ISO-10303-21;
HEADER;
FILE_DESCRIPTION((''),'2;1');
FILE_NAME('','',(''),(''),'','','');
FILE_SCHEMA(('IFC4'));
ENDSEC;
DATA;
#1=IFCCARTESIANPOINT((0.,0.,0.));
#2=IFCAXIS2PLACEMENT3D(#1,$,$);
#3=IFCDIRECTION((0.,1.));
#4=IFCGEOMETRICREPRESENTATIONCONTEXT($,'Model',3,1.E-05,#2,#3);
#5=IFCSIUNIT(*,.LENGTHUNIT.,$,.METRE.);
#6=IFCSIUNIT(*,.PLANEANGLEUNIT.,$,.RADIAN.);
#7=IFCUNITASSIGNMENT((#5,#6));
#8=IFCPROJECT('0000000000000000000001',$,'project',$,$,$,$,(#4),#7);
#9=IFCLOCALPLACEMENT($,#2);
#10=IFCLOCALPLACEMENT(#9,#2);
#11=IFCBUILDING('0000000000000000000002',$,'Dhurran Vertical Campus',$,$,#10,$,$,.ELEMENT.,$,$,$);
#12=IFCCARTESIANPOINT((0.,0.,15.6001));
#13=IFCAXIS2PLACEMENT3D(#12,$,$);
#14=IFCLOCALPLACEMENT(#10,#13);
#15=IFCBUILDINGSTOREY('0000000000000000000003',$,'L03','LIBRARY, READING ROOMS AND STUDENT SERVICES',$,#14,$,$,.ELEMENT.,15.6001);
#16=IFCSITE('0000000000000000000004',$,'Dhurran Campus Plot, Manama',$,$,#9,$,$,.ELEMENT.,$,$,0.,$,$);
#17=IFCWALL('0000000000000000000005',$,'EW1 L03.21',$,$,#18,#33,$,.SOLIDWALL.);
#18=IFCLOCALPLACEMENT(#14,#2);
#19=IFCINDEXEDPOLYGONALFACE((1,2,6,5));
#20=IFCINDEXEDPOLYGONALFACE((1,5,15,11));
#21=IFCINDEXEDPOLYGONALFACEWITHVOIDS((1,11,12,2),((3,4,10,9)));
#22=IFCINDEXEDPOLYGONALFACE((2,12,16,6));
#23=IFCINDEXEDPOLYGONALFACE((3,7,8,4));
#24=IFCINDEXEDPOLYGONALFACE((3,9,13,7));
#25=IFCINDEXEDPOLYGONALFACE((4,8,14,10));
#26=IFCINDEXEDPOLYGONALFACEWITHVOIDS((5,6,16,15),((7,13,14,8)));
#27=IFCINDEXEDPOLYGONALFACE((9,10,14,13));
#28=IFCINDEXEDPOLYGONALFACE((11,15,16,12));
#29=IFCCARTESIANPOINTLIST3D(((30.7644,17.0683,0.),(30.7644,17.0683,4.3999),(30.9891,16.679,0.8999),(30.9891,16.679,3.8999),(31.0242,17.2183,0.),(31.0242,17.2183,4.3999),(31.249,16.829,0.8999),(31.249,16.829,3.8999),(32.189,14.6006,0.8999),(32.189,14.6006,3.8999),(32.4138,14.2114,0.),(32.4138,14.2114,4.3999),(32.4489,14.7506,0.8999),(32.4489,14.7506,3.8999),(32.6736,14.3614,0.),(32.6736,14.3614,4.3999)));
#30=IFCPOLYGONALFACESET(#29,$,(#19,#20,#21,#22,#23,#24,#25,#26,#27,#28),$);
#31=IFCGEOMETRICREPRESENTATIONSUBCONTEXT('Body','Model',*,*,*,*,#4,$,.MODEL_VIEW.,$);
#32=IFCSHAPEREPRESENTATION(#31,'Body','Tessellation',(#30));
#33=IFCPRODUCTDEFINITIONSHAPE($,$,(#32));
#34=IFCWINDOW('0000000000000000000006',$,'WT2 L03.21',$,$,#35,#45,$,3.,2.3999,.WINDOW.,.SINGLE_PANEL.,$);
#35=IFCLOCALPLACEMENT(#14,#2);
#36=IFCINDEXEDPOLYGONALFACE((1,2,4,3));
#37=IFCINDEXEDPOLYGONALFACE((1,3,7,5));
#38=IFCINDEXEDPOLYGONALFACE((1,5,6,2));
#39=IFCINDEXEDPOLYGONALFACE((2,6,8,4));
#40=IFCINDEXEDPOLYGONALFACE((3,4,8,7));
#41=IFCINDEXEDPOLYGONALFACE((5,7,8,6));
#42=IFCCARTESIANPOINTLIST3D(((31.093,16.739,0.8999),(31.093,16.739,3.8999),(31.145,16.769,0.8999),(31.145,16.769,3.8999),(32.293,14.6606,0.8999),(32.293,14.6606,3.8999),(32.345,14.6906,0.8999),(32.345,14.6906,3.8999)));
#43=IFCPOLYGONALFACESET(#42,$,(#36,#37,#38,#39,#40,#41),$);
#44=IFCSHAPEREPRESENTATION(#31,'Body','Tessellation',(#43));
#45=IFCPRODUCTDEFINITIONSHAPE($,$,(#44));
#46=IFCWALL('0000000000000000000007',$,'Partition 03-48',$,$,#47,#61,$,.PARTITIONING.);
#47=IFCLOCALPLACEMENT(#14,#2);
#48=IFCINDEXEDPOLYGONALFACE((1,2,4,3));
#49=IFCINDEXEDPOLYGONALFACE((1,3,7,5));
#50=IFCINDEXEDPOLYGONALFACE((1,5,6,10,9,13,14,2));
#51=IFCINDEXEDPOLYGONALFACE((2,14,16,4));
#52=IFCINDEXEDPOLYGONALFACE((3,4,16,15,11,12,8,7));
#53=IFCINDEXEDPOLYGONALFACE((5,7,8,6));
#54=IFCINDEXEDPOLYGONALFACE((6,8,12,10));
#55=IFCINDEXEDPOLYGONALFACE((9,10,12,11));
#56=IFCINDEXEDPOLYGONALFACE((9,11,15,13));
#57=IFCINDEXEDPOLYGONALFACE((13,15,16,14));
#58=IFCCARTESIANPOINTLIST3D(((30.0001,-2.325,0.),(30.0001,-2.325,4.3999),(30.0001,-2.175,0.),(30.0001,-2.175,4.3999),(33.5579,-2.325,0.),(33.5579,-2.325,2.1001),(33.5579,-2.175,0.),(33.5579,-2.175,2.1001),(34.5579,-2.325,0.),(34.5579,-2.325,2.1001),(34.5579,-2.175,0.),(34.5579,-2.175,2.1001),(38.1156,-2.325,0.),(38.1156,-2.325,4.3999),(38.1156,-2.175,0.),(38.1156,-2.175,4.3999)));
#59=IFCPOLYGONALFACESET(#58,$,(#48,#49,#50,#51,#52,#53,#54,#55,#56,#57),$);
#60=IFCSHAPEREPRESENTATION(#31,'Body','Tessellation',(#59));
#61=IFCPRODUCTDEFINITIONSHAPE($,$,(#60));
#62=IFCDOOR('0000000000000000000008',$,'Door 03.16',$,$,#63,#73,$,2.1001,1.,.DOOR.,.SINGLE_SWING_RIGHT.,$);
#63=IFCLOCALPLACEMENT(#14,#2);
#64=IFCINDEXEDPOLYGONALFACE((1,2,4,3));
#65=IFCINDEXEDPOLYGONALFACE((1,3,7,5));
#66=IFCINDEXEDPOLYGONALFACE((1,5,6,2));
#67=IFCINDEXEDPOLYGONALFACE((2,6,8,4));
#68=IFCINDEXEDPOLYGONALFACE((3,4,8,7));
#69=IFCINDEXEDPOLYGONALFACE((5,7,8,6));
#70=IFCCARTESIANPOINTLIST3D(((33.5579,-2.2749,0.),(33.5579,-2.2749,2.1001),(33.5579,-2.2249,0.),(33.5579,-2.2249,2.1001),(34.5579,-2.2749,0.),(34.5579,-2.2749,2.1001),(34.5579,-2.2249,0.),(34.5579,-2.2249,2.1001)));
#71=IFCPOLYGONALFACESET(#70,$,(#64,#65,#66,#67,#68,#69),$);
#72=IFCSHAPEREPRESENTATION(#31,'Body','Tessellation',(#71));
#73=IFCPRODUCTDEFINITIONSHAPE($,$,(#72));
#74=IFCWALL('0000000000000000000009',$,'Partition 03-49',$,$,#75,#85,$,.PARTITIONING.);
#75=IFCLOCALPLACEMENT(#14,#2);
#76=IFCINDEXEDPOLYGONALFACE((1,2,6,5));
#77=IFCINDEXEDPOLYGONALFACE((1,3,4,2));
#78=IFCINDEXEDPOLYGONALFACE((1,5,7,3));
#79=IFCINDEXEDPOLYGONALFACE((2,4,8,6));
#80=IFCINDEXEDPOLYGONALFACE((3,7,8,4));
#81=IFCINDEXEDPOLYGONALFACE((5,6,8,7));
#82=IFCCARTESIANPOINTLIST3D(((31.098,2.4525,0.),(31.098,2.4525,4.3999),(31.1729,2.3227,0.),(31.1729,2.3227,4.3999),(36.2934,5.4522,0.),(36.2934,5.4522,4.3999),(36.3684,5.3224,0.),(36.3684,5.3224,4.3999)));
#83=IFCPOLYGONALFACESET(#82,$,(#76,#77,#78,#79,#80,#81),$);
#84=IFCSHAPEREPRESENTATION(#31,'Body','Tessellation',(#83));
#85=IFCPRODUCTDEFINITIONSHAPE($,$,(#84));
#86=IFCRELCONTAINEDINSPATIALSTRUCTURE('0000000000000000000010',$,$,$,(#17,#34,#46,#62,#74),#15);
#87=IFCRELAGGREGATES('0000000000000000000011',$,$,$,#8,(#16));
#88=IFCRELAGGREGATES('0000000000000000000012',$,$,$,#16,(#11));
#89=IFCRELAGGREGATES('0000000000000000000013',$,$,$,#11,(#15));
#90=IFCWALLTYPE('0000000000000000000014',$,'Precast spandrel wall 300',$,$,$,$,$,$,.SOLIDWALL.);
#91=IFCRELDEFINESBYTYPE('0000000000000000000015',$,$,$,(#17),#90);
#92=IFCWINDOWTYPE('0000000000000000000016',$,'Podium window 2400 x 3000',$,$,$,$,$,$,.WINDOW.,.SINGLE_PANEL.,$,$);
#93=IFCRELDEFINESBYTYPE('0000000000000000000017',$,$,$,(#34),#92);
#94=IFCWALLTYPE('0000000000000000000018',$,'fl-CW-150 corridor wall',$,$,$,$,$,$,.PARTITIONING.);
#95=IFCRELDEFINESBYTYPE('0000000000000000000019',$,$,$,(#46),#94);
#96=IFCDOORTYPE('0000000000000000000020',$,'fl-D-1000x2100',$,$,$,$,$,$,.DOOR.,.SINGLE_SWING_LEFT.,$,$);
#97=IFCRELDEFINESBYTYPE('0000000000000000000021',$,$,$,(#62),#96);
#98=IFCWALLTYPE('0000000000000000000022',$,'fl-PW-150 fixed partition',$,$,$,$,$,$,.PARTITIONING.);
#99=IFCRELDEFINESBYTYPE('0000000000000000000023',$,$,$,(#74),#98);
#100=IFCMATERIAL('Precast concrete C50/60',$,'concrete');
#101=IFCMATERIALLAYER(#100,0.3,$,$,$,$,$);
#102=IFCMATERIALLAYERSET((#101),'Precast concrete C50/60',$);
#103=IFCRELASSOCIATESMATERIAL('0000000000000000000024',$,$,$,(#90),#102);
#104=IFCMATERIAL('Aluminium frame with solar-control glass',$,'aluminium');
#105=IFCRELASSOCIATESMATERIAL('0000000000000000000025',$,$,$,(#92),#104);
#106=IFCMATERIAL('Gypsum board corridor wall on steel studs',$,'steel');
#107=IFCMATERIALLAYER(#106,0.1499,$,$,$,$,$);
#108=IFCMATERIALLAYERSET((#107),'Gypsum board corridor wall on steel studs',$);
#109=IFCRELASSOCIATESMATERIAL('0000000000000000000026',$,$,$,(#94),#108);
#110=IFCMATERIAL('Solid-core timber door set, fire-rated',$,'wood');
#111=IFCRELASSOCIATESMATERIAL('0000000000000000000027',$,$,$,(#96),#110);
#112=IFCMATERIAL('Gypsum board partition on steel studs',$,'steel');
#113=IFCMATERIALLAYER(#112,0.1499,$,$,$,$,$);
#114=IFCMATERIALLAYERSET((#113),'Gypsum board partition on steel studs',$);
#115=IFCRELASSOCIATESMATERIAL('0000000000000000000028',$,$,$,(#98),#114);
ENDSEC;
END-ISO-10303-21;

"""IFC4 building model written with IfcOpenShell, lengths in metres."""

from ifc_helpers import new_model, si_unit, direction, frame, frame_2d, origin, place, context, subcontext, project, spatial, rectangle, extrude, material, layer, layer_set, type_object, element, fill, save


model = new_model("IFC4")

# Units and contexts
model_context = context("Model", 3, precision=1e-05, world=origin(), true_north=direction((0.0, 1.0)))
body_context = subcontext(model_context, "Body", "Model", "MODEL_VIEW")
ifc_project = project(units=[si_unit("LENGTHUNIT", "METRE"), si_unit("PLANEANGLEUNIT", "RADIAN")], contexts=[model_context])

# Site, building, storey
site_placement = place(None, origin())
site = spatial("IfcSite", under=ifc_project, at=site_placement, Name="Dhurran Campus Plot, Manama", CompositionType="ELEMENT", RefElevation=0.0)
building_placement = place(site_placement, origin())
building = spatial("IfcBuilding", under=site, at=building_placement, Name="Dhurran Vertical Campus", CompositionType="ELEMENT")
storey_placement = place(building_placement, frame((0.0, 0.0, 15.6001)))
storey = spatial("IfcBuildingStorey", under=building, at=storey_placement, Name="L03", Description="LIBRARY, READING ROOMS AND STUDENT SERVICES", CompositionType="ELEMENT", Elevation=15.6001)

# Wall, opening, window
ifc_material_1 = material(Name="Precast concrete C50/60", Category="concrete")
ifc_layer_1 = layer(ifc_material_1, 0.3)
ifc_layer_set_1 = layer_set([ifc_layer_1], Name="Precast concrete C50/60")
wall_type_1 = type_object("IfcWallType", Name="Precast spandrel wall 300", PredefinedType="SOLIDWALL", material=ifc_layer_set_1)
ifc_material_2 = material(Name="Aluminium frame with solar-control glass", Category="aluminium")
window_type = type_object("IfcWindowType", Name="Podium window 2400 x 3000", PartitioningType="SINGLE_PANEL", PredefinedType="WINDOW", material=ifc_material_2)
wall_1_placement = place(storey_placement, frame((32.5437, 14.2864, 0.0), z_axis=(0.0, 0.0, 1.0), x_axis=(-0.499992, 0.86603, 0.0)))
wall_1 = element("IfcWall", 1, at=wall_1_placement, inside=storey, type_object=wall_type_1, Name="EW1 L03.21", PredefinedType="SOLIDWALL", context=body_context, shape_type="SweptSolid", body=[
    extrude(rectangle(XDim=3.2988, YDim=0.3, at=frame_2d((1.6494, 0.0))), origin(), (0.0, 0.0, 1.0), 4.3999),
])
opening_1_placement = place(wall_1_placement, frame((0.4495, 0.0, 0.8999)))
opening_1 = element("IfcOpeningElement", 2, at=opening_1_placement, cuts=wall_1, PredefinedType="OPENING", context=body_context, shape_type="SweptSolid", body=[
    extrude(rectangle(XDim=2.3999, YDim=3.0, at=frame_2d((1.2, 1.5))), frame((0.0, 0.1599, 0.0), z_axis=(0.0, -1.0, 0.0), x_axis=(1.0, 0.0, 0.0)), (0.0, 0.0, 1.0), 0.3201),
])
window_1_placement = place(opening_1_placement, origin())
window_1 = element("IfcWindow", 3, at=window_1_placement, inside=storey, type_object=window_type, Name="WT2 L03.21", OverallHeight=3.0, OverallWidth=2.3999, PartitioningType="SINGLE_PANEL", PredefinedType="WINDOW", context=body_context, shape_type="SweptSolid", body=[
    extrude(rectangle(XDim=2.3999, YDim=3.0, at=frame_2d((1.2, 1.5))), frame((0.0, 0.03, 0.0), z_axis=(0.0, -1.0, 0.0), x_axis=(1.0, 0.0, 0.0)), (0.0, 0.0, 1.0), 0.0601),
])
fill(opening_1, window_1)

# Wall, opening, door
ifc_material_3 = material(Name="Gypsum board corridor wall on steel studs", Category="steel")
ifc_layer_2 = layer(ifc_material_3, 0.1499)
ifc_layer_set_2 = layer_set([ifc_layer_2], Name="Gypsum board corridor wall on steel studs")
wall_type_2 = type_object("IfcWallType", Name="fl-CW-150 corridor wall", PredefinedType="PARTITIONING", material=ifc_layer_set_2)
wall_2_placement = place(storey_placement, frame((38.1155, -2.25, 0.0), z_axis=(0.0, 0.0, 1.0), x_axis=(-1.0, 0.0, 0.0)))
wall_2 = element("IfcWall", 4, at=wall_2_placement, inside=storey, type_object=wall_type_2, Name="Partition 03-48", PredefinedType="PARTITIONING", context=body_context, shape_type="SweptSolid", body=[
    extrude(rectangle(XDim=8.1155, YDim=0.1499, at=frame_2d((4.0576, 0.0))), origin(), (0.0, 0.0, 1.0), 4.3999),
])
opening_2_placement = place(wall_2_placement, frame((3.5576, 0.0, 0.0)))
opening_2 = element("IfcOpeningElement", 5, at=opening_2_placement, cuts=wall_2, PredefinedType="OPENING", context=body_context, shape_type="SweptSolid", body=[
    extrude(rectangle(XDim=1.0, YDim=2.1001, at=frame_2d((0.5, 1.05))), frame((0.0, 0.085, 0.0), z_axis=(0.0, -1.0, 0.0), x_axis=(1.0, 0.0, 0.0)), (0.0, 0.0, 1.0), 0.1699),
])
ifc_material_4 = material(Name="Solid-core timber door set, fire-rated", Category="wood")
door_type = type_object("IfcDoorType", Name="fl-D-1000x2100", OperationType="SINGLE_SWING_LEFT", PredefinedType="DOOR", material=ifc_material_4)
door_placement = place(opening_2_placement, origin())
door = element("IfcDoor", 6, at=door_placement, inside=storey, type_object=door_type, Name="Door 03.16", OperationType="SINGLE_SWING_RIGHT", OverallHeight=2.1001, OverallWidth=1.0, PredefinedType="DOOR", context=body_context, shape_type="SweptSolid", body=[
    extrude(rectangle(XDim=1.0, YDim=2.1001, at=frame_2d((0.5, 1.05))), frame((0.0, 0.0249, 0.0), z_axis=(0.0, -1.0, 0.0), x_axis=(1.0, 0.0, 0.0)), (0.0, 0.0, 1.0), 0.05),
])
fill(opening_2, door)

# Wall
ifc_material_5 = material(Name="Gypsum board partition on steel studs", Category="steel")
ifc_layer_3 = layer(ifc_material_5, 0.1499)
ifc_layer_set_3 = layer_set([ifc_layer_3], Name="Gypsum board partition on steel studs")
wall_type_3 = type_object("IfcWallType", Name="fl-PW-150 fixed partition", PredefinedType="PARTITIONING", material=ifc_layer_set_3)
wall_3_placement = place(storey_placement, frame((36.3308, 5.3872, 0.0), z_axis=(0.0, 0.0, 1.0), x_axis=(-0.866018, -0.500012, 0.0)))
element("IfcWall", 7, at=wall_3_placement, inside=storey, type_object=wall_type_3, Name="Partition 03-49", PredefinedType="PARTITIONING", context=body_context, shape_type="SweptSolid", body=[
    extrude(rectangle(XDim=5.9993, YDim=0.1499, at=frame_2d((2.9995, 0.0))), origin(), (0.0, 0.0, 1.0), 4.3999),
])

save(model, "model.ifc")
